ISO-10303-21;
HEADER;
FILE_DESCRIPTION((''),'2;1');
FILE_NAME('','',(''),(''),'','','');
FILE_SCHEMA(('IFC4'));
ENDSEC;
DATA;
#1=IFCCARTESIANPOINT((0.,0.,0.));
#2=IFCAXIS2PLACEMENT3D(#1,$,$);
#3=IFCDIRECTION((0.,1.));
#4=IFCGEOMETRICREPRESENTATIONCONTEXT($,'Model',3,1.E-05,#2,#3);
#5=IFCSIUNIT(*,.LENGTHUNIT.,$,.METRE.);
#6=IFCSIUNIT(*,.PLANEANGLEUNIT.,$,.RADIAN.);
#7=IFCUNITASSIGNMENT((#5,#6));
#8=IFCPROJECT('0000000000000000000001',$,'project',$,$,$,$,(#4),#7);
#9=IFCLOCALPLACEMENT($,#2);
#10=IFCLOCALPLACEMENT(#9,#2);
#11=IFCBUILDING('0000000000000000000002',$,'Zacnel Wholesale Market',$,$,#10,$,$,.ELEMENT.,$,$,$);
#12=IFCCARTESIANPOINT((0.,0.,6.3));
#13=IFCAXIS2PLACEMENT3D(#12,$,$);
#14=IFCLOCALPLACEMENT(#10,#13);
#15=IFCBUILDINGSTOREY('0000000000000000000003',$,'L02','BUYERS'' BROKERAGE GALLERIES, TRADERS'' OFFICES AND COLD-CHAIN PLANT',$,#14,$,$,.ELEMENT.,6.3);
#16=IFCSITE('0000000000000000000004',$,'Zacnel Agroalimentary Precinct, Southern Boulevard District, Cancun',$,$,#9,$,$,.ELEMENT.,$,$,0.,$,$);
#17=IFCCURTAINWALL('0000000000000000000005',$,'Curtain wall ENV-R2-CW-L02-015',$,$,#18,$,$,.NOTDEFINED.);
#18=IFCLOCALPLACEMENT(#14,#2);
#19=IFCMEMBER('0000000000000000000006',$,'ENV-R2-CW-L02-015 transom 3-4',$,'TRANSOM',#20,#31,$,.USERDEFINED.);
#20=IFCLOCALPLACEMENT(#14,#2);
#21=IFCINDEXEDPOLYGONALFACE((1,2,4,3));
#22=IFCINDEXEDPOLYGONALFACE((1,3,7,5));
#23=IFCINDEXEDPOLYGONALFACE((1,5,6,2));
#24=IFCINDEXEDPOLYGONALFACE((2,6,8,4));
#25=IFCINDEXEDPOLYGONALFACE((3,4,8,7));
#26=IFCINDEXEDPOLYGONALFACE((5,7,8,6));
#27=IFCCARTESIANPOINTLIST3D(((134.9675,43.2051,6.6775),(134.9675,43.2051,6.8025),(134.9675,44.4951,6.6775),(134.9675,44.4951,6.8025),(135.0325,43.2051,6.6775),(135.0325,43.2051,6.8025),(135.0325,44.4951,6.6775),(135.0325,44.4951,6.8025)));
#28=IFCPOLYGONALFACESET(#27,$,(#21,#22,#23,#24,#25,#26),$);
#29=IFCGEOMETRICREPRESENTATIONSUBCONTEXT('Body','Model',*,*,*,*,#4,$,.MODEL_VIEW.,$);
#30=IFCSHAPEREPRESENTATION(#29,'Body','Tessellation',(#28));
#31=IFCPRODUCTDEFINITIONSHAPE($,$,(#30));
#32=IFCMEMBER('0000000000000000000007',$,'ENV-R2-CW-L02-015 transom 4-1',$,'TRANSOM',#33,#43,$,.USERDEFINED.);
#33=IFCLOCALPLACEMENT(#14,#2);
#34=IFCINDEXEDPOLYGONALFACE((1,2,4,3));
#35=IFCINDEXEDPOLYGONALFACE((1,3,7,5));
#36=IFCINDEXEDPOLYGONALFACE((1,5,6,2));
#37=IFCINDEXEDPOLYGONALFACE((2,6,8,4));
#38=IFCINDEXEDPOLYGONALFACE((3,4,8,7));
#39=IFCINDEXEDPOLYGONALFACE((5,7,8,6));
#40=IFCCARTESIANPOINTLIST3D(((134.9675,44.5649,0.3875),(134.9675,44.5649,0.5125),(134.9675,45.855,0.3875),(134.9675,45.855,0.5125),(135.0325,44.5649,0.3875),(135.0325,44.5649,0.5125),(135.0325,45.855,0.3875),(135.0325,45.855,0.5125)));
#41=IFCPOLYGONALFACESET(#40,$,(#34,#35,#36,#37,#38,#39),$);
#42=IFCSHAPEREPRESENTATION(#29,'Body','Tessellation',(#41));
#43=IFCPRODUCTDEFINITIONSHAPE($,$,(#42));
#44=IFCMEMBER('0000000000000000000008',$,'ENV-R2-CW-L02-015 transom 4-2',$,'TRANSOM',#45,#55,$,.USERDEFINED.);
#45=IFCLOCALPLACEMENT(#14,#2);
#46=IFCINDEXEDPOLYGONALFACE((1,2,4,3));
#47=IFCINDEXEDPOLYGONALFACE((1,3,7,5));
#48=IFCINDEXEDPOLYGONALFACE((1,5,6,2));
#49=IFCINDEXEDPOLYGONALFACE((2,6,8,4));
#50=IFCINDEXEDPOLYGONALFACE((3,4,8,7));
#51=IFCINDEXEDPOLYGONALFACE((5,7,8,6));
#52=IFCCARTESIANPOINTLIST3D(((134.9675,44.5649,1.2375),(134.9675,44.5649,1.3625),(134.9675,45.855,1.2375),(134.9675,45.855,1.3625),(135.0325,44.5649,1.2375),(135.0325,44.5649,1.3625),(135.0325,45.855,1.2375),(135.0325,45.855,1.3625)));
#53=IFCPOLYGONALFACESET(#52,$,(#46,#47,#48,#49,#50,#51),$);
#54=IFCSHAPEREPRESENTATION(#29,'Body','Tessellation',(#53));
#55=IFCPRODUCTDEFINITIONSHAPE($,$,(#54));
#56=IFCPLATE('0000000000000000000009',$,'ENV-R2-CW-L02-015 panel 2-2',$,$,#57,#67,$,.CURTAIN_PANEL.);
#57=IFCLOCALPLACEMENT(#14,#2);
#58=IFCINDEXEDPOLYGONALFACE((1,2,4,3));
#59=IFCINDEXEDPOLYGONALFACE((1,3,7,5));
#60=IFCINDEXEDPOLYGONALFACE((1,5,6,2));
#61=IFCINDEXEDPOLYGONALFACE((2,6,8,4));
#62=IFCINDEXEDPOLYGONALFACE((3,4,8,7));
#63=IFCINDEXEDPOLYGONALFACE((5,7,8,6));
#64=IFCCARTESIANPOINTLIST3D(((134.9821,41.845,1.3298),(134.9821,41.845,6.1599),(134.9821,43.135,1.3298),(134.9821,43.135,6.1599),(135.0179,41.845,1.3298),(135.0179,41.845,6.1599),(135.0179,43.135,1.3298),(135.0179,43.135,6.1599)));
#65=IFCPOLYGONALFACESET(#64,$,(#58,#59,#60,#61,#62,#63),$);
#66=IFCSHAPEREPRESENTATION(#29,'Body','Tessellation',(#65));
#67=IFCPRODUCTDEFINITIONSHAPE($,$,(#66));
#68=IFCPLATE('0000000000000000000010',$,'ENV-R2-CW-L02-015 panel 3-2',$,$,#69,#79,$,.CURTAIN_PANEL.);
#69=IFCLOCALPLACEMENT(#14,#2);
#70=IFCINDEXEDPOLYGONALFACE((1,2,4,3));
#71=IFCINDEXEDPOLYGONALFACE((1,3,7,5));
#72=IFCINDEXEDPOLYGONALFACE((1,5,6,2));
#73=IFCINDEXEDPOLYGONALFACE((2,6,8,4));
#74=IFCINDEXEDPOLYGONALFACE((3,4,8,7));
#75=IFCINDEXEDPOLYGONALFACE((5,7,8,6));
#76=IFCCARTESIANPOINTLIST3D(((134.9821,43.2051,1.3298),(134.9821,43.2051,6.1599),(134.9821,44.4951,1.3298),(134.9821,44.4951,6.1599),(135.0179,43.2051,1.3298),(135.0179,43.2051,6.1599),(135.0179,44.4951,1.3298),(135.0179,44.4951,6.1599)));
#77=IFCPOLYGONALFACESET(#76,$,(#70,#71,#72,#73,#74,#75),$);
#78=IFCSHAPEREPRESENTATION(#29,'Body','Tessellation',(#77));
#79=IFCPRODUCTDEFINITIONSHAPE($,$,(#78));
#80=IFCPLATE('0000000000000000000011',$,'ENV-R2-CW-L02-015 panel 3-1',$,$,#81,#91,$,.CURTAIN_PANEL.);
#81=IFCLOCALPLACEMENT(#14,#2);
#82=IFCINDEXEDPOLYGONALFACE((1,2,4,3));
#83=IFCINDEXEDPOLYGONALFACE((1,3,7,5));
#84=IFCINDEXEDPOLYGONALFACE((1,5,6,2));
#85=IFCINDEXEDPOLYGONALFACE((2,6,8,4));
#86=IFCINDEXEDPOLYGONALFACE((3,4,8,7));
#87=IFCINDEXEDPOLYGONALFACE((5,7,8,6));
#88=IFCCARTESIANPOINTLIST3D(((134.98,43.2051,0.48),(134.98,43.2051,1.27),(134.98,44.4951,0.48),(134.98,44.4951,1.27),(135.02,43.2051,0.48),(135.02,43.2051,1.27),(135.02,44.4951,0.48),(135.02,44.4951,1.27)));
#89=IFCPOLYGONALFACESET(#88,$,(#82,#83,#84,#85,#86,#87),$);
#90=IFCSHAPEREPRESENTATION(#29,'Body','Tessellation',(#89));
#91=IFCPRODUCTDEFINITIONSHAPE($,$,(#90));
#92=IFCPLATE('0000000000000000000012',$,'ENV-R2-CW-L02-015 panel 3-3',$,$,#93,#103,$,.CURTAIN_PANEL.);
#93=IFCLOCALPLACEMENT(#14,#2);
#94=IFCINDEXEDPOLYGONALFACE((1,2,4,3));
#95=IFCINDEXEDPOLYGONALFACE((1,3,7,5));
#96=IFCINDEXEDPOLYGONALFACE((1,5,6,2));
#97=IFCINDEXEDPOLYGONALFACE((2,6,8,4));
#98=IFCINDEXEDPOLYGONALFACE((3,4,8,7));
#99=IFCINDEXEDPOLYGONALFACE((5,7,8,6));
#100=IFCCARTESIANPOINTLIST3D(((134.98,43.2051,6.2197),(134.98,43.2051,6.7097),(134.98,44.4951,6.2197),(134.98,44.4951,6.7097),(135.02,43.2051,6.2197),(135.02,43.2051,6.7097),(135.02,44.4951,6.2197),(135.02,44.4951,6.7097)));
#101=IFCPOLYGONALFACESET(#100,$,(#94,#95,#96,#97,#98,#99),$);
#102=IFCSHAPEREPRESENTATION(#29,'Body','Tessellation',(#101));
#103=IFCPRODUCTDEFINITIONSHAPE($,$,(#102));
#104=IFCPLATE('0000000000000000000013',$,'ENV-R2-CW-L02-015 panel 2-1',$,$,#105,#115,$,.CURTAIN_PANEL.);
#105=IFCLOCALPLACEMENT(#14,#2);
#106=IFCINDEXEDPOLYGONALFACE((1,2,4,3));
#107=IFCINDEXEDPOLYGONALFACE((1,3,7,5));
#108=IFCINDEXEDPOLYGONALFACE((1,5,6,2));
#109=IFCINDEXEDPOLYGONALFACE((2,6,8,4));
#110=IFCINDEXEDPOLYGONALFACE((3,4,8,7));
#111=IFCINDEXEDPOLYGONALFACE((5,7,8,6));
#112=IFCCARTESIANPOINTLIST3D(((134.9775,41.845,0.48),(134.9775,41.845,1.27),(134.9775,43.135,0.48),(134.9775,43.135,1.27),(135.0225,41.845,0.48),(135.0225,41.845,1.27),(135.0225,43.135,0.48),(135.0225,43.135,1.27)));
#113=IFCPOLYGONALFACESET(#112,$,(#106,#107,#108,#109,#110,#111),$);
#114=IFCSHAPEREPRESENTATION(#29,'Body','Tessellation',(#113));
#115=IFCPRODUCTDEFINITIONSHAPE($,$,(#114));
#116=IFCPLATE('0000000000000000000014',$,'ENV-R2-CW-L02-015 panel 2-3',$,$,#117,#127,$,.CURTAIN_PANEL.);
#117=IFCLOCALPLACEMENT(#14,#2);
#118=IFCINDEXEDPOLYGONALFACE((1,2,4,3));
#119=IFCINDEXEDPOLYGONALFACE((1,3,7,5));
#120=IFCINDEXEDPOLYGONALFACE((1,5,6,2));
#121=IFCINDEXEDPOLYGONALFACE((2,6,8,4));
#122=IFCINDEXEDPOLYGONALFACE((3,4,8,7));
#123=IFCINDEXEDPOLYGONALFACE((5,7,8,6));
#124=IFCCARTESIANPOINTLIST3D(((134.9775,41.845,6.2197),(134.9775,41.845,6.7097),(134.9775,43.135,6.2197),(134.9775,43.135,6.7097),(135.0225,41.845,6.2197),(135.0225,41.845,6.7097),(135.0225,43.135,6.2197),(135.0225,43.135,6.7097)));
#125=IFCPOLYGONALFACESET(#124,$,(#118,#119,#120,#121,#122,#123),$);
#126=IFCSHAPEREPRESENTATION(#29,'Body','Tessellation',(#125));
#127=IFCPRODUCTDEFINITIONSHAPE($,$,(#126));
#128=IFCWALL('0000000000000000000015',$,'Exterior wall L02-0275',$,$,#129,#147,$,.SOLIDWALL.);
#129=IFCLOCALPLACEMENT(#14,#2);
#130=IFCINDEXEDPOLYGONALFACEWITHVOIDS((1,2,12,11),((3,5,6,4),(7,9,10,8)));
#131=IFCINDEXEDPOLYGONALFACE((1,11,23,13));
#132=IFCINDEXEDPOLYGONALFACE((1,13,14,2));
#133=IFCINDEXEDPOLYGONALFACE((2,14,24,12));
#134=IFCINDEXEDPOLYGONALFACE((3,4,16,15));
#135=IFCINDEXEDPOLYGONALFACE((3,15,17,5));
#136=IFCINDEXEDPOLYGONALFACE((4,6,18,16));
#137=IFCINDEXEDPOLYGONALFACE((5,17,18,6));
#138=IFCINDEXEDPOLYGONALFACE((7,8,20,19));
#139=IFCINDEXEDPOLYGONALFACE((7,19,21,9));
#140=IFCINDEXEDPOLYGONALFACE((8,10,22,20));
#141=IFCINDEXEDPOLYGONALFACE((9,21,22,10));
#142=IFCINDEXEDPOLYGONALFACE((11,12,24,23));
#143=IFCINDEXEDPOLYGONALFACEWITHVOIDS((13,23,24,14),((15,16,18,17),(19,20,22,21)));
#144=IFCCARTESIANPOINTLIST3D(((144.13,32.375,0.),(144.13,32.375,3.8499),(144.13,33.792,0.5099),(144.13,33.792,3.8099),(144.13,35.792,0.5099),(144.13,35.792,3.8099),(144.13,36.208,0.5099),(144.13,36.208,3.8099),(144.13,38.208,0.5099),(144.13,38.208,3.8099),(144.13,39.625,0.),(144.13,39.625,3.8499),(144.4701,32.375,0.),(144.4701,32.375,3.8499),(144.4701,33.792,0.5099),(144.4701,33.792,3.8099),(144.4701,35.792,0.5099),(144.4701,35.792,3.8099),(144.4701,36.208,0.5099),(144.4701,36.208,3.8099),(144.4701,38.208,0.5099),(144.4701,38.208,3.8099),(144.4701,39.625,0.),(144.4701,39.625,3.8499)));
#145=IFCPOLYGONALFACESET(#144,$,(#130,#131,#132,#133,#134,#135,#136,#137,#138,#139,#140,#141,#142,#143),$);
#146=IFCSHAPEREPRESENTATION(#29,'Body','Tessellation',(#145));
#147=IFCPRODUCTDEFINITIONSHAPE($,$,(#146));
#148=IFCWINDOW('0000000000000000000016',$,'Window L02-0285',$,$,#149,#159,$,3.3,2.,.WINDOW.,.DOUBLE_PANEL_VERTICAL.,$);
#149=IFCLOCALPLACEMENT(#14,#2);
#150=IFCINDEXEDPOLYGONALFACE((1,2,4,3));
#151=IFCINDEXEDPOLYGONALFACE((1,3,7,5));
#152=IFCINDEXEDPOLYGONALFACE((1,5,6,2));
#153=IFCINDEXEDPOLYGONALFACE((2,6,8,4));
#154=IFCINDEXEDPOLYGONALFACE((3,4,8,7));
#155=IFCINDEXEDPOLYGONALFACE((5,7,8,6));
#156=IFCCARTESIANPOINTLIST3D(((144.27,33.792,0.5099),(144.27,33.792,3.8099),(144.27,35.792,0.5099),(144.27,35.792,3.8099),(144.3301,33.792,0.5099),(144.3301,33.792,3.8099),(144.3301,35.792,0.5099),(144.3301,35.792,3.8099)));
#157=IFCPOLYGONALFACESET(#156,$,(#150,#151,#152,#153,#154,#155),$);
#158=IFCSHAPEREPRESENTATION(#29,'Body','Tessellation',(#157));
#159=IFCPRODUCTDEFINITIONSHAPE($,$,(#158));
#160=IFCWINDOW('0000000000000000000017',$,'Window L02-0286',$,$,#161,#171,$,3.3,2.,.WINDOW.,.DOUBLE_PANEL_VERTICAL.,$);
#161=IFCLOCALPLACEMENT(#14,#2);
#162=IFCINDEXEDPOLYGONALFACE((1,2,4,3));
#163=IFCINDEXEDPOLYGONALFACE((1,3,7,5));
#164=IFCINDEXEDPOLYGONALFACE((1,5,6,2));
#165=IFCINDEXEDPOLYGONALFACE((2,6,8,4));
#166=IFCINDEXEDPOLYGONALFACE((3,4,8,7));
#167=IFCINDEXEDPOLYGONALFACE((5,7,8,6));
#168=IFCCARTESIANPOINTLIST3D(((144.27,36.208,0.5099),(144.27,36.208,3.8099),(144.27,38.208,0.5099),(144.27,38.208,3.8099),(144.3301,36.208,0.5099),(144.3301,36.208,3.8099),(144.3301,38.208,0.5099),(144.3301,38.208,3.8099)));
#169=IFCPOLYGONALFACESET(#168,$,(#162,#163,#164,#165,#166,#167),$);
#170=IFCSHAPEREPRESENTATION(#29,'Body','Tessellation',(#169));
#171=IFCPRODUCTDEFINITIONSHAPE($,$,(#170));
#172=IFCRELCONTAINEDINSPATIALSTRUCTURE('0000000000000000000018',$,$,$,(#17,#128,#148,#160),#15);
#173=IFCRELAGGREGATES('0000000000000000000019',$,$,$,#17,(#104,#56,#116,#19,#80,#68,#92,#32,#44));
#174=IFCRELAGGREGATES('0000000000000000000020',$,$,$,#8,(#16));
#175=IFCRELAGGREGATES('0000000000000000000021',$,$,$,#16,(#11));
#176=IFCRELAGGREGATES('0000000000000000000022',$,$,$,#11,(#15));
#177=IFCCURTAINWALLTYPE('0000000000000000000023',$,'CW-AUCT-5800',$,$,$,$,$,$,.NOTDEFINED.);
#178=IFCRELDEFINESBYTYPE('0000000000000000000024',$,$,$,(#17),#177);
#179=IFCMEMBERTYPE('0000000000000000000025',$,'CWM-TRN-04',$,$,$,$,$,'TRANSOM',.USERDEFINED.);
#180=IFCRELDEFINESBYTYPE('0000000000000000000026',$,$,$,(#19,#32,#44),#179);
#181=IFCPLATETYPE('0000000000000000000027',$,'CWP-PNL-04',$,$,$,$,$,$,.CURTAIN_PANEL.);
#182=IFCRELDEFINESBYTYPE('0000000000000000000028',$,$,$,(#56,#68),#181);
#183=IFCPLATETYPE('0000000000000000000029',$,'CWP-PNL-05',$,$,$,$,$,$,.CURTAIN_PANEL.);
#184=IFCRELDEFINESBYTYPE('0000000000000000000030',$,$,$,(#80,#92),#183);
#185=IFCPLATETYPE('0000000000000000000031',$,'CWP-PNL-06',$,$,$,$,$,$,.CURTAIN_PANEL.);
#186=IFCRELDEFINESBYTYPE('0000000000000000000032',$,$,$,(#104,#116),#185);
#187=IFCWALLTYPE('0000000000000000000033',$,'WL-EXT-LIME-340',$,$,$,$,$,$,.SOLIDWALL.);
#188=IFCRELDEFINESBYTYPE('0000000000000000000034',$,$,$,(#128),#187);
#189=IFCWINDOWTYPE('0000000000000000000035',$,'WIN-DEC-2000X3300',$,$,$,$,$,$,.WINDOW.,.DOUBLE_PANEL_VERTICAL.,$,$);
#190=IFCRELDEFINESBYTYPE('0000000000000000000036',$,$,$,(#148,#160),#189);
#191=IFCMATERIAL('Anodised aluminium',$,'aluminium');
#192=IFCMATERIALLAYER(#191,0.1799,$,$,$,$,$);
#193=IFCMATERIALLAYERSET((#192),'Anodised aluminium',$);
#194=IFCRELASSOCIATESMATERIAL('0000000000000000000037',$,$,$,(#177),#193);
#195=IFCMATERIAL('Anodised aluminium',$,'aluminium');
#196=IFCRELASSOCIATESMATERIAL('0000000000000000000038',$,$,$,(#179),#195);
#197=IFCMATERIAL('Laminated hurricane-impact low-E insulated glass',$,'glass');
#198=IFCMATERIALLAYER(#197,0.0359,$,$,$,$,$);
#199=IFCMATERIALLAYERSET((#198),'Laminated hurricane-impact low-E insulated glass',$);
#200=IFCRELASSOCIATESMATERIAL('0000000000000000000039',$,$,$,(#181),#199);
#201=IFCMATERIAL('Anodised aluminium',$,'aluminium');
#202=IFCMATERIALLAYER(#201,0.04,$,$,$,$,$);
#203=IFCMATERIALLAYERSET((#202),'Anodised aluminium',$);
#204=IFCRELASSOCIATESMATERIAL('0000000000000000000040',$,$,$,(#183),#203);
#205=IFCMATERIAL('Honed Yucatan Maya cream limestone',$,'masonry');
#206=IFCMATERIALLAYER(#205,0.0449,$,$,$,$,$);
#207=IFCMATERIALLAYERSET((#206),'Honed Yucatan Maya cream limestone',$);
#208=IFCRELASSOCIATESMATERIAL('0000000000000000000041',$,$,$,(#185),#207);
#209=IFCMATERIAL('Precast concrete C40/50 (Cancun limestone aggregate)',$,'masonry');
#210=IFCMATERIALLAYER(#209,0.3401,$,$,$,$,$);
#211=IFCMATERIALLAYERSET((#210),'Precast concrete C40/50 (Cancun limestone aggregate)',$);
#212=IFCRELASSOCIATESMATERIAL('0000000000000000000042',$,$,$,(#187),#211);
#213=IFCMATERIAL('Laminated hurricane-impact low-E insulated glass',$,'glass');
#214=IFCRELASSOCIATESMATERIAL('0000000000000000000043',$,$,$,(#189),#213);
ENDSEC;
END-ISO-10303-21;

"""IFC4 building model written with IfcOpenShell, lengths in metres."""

from ifc_helpers import new_model, si_unit, direction, frame, frame_2d, origin, origin_2d, place, context, subcontext, project, spatial, rectangle, extrude, material, layer, layer_set, material_profile, profile_set, type_object, element, fill, aggregate, save


model = new_model("IFC4")

# Units and contexts
model_context = context("Model", 3, precision=1e-05, world=origin(), true_north=direction((0.0, 1.0)))
body_context = subcontext(model_context, "Body", "Model", "MODEL_VIEW")
ifc_project = project(units=[si_unit("LENGTHUNIT", "METRE"), si_unit("PLANEANGLEUNIT", "RADIAN")], contexts=[model_context])

# Site, building, storey
site_placement = place(None, origin())
site = spatial("IfcSite", under=ifc_project, at=site_placement, Name="Zacnel Agroalimentary Precinct, Southern Boulevard District, Cancun", CompositionType="ELEMENT", RefElevation=0.0)
building_placement = place(site_placement, origin())
building = spatial("IfcBuilding", under=site, at=building_placement, Name="Zacnel Wholesale Market", CompositionType="ELEMENT")
storey_placement = place(building_placement, frame((0.0, 0.0, 6.3)))
storey = spatial("IfcBuildingStorey", under=building, at=storey_placement, Name="L02", Description="BUYERS' BROKERAGE GALLERIES, TRADERS' OFFICES AND COLD-CHAIN PLANT", CompositionType="ELEMENT", Elevation=6.3)

# Curtain wall, members, plates
ifc_material_1 = material(Name="Anodised aluminium", Category="aluminium")
ifc_layer_1 = layer(ifc_material_1, 0.1799)
ifc_layer_set_1 = layer_set([ifc_layer_1], Name="Anodised aluminium")
curtain_wall_type = type_object("IfcCurtainWallType", Name="CW-AUCT-5800", PredefinedType="NOTDEFINED", material=ifc_layer_set_1)
curtain_wall_placement = place(storey_placement, origin())
curtain_wall = element("IfcCurtainWall", 1, at=curtain_wall_placement, inside=storey, type_object=curtain_wall_type, Name="Curtain wall ENV-R2-CW-L02-015", PredefinedType="NOTDEFINED")
ifc_material_2 = material(Name="Anodised aluminium", Category="aluminium")
ifc_material_profile_1 = material_profile(ifc_material_2, rectangle(XDim=0.0649, YDim=0.125, at=origin_2d()), Name="AW-TRANSOM 65x125")
ifc_profile_set_1 = profile_set([ifc_material_profile_1], Name="Anodised aluminium")
member_type_1 = type_object("IfcMemberType", Name="CWM-TRN-04", ElementType="TRANSOM", PredefinedType="USERDEFINED", material=ifc_profile_set_1)
member_1_placement = place(storey_placement, frame((135.0, 43.2051, 6.74), z_axis=(0.0, 1.0, 0.0), x_axis=(-1.0, 0.0, 0.0)))
member_1 = element("IfcMember", 2, at=member_1_placement, type_object=member_type_1, Name="ENV-R2-CW-L02-015 transom 3-4", ObjectType="TRANSOM", PredefinedType="USERDEFINED", context=body_context, shape_type="SweptSolid", body=[
    extrude(rectangle(XDim=0.0649, YDim=0.125, at=origin_2d()), origin(), (0.0, 0.0, 1.0), 1.29),
])
member_2_placement = place(storey_placement, frame((135.0, 44.5649, 0.45), z_axis=(0.0, 1.0, 0.0), x_axis=(-1.0, 0.0, 0.0)))
member_2 = element("IfcMember", 3, at=member_2_placement, type_object=member_type_1, Name="ENV-R2-CW-L02-015 transom 4-1", ObjectType="TRANSOM", PredefinedType="USERDEFINED", context=body_context, shape_type="SweptSolid", body=[
    extrude(rectangle(XDim=0.0649, YDim=0.125, at=origin_2d()), origin(), (0.0, 0.0, 1.0), 1.29),
])
member_3_placement = place(storey_placement, frame((135.0, 44.5649, 1.3), z_axis=(0.0, 1.0, 0.0), x_axis=(-1.0, 0.0, 0.0)))
member_3 = element("IfcMember", 4, at=member_3_placement, type_object=member_type_1, Name="ENV-R2-CW-L02-015 transom 4-2", ObjectType="TRANSOM", PredefinedType="USERDEFINED", context=body_context, shape_type="SweptSolid", body=[
    extrude(rectangle(XDim=0.0649, YDim=0.125, at=origin_2d()), origin(), (0.0, 0.0, 1.0), 1.29),
])
ifc_material_3 = material(Name="Laminated hurricane-impact low-E insulated glass", Category="glass")
ifc_layer_2 = layer(ifc_material_3, 0.0359)
ifc_layer_set_2 = layer_set([ifc_layer_2], Name="Laminated hurricane-impact low-E insulated glass")
plate_type_1 = type_object("IfcPlateType", Name="CWP-PNL-04", PredefinedType="CURTAIN_PANEL", material=ifc_layer_set_2)
plate_1_placement = place(storey_placement, frame((135.0, 42.49, 1.3298), z_axis=(0.0, 0.0, 1.0), x_axis=(0.0, 1.0, 0.0)))
plate_1 = element("IfcPlate", 5, at=plate_1_placement, type_object=plate_type_1, Name="ENV-R2-CW-L02-015 panel 2-2", PredefinedType="CURTAIN_PANEL", context=body_context, shape_type="SweptSolid", body=[
    extrude(rectangle(XDim=1.29, YDim=0.0359, at=origin_2d()), origin(), (0.0, 0.0, 1.0), 4.8301),
])
plate_2_placement = place(storey_placement, frame((135.0, 43.8501, 1.3298), z_axis=(0.0, 0.0, 1.0), x_axis=(0.0, 1.0, 0.0)))
plate_2 = element("IfcPlate", 6, at=plate_2_placement, type_object=plate_type_1, Name="ENV-R2-CW-L02-015 panel 3-2", PredefinedType="CURTAIN_PANEL", context=body_context, shape_type="SweptSolid", body=[
    extrude(rectangle(XDim=1.29, YDim=0.0359, at=origin_2d()), origin(), (0.0, 0.0, 1.0), 4.8301),
])
ifc_material_4 = material(Name="Anodised aluminium", Category="aluminium")
ifc_layer_3 = layer(ifc_material_4, 0.04)
ifc_layer_set_3 = layer_set([ifc_layer_3], Name="Anodised aluminium")
plate_type_2 = type_object("IfcPlateType", Name="CWP-PNL-05", PredefinedType="CURTAIN_PANEL", material=ifc_layer_set_3)
plate_3_placement = place(storey_placement, frame((135.0, 43.8501, 0.48), z_axis=(0.0, 0.0, 1.0), x_axis=(0.0, 1.0, 0.0)))
plate_3 = element("IfcPlate", 7, at=plate_3_placement, type_object=plate_type_2, Name="ENV-R2-CW-L02-015 panel 3-1", PredefinedType="CURTAIN_PANEL", context=body_context, shape_type="SweptSolid", body=[
    extrude(rectangle(XDim=1.29, YDim=0.04, at=origin_2d()), origin(), (0.0, 0.0, 1.0), 0.79),
])
plate_4_placement = place(storey_placement, frame((135.0, 43.8501, 6.2197), z_axis=(0.0, 0.0, 1.0), x_axis=(0.0, 1.0, 0.0)))
plate_4 = element("IfcPlate", 8, at=plate_4_placement, type_object=plate_type_2, Name="ENV-R2-CW-L02-015 panel 3-3", PredefinedType="CURTAIN_PANEL", context=body_context, shape_type="SweptSolid", body=[
    extrude(rectangle(XDim=1.29, YDim=0.04, at=origin_2d()), origin(), (0.0, 0.0, 1.0), 0.49),
])
ifc_material_5 = material(Name="Honed Yucatan Maya cream limestone", Category="masonry")
ifc_layer_4 = layer(ifc_material_5, 0.0449)
ifc_layer_set_4 = layer_set([ifc_layer_4], Name="Honed Yucatan Maya cream limestone")
plate_type_3 = type_object("IfcPlateType", Name="CWP-PNL-06", PredefinedType="CURTAIN_PANEL", material=ifc_layer_set_4)
plate_5_placement = place(storey_placement, frame((135.0, 42.49, 0.48), z_axis=(0.0, 0.0, 1.0), x_axis=(0.0, 1.0, 0.0)))
plate_5 = element("IfcPlate", 9, at=plate_5_placement, type_object=plate_type_3, Name="ENV-R2-CW-L02-015 panel 2-1", PredefinedType="CURTAIN_PANEL", context=body_context, shape_type="SweptSolid", body=[
    extrude(rectangle(XDim=1.29, YDim=0.0449, at=origin_2d()), origin(), (0.0, 0.0, 1.0), 0.79),
])
plate_6_placement = place(storey_placement, frame((135.0, 42.49, 6.2197), z_axis=(0.0, 0.0, 1.0), x_axis=(0.0, 1.0, 0.0)))
plate_6 = element("IfcPlate", 10, at=plate_6_placement, type_object=plate_type_3, Name="ENV-R2-CW-L02-015 panel 2-3", PredefinedType="CURTAIN_PANEL", context=body_context, shape_type="SweptSolid", body=[
    extrude(rectangle(XDim=1.29, YDim=0.0449, at=origin_2d()), origin(), (0.0, 0.0, 1.0), 0.49),
])
aggregate(curtain_wall, [plate_5, plate_1, plate_6, member_1, plate_3, plate_2, plate_4, member_2, member_3])

# Wall, openings, windows
ifc_material_6 = material(Name="Precast concrete C40/50 (Cancun limestone aggregate)", Category="masonry")
ifc_layer_5 = layer(ifc_material_6, 0.3401)
ifc_layer_set_5 = layer_set([ifc_layer_5], Name="Precast concrete C40/50 (Cancun limestone aggregate)")
wall_type = type_object("IfcWallType", Name="WL-EXT-LIME-340", PredefinedType="SOLIDWALL", material=ifc_layer_set_5)
wall_1_placement = place(storey_placement, frame((144.3, 32.375, 0.0), z_axis=(0.0, 0.0, 1.0), x_axis=(0.0, 1.0, 0.0)))
wall_1 = element("IfcWall", 11, at=wall_1_placement, inside=storey, type_object=wall_type, Name="Exterior wall L02-0275", PredefinedType="SOLIDWALL", context=body_context, shape_type="SweptSolid", body=[
    extrude(rectangle(XDim=7.25, YDim=0.3401, at=frame_2d((3.625, 0.0))), origin(), (0.0, 0.0, 1.0), 3.8499),
])
opening_1_placement = place(wall_1_placement, frame((1.417, 0.0, 0.51)))
opening_1 = element("IfcOpeningElement", 12, at=opening_1_placement, cuts=wall_1, PredefinedType="OPENING", context=body_context, shape_type="SweptSolid", body=[
    extrude(rectangle(XDim=2.0, YDim=3.3, at=frame_2d((1.0, 1.6499))), frame((0.0, 0.1799, 0.0), z_axis=(0.0, -1.0, 0.0), x_axis=(1.0, 0.0, 0.0)), (0.0, 0.0, 1.0), 0.3601),
])
opening_2_placement = place(wall_1_placement, frame((3.833, 0.0, 0.51)))
opening_2 = element("IfcOpeningElement", 13, at=opening_2_placement, cuts=wall_1, PredefinedType="OPENING", context=body_context, shape_type="SweptSolid", body=[
    extrude(rectangle(XDim=2.0, YDim=3.3, at=frame_2d((1.0, 1.6499))), frame((0.0, 0.1799, 0.0), z_axis=(0.0, -1.0, 0.0), x_axis=(1.0, 0.0, 0.0)), (0.0, 0.0, 1.0), 0.3601),
])
ifc_material_7 = material(Name="Laminated hurricane-impact low-E insulated glass", Category="glass")
window_type_1 = type_object("IfcWindowType", Name="WIN-DEC-2000X3300", PartitioningType="DOUBLE_PANEL_VERTICAL", PredefinedType="WINDOW", material=ifc_material_7)
window_1_placement = place(opening_1_placement, origin())
window_1 = element("IfcWindow", 14, at=window_1_placement, inside=storey, type_object=window_type_1, Name="Window L02-0285", OverallHeight=3.3, OverallWidth=2.0, PartitioningType="DOUBLE_PANEL_VERTICAL", PredefinedType="WINDOW", context=body_context, shape_type="SweptSolid", body=[
    extrude(rectangle(XDim=2.0, YDim=3.3, at=frame_2d((1.0, 1.6499))), frame((0.0, 0.03, 0.0), z_axis=(0.0, -1.0, 0.0), x_axis=(1.0, 0.0, 0.0)), (0.0, 0.0, 1.0), 0.0601),
])
fill(opening_1, window_1)
window_2_placement = place(opening_2_placement, origin())
window_2 = element("IfcWindow", 15, at=window_2_placement, inside=storey, type_object=window_type_1, Name="Window L02-0286", OverallHeight=3.3, OverallWidth=2.0, PartitioningType="DOUBLE_PANEL_VERTICAL", PredefinedType="WINDOW", context=body_context, shape_type="SweptSolid", body=[
    extrude(rectangle(XDim=2.0, YDim=3.3, at=frame_2d((1.0, 1.6499))), frame((0.0, 0.03, 0.0), z_axis=(0.0, -1.0, 0.0), x_axis=(1.0, 0.0, 0.0)), (0.0, 0.0, 1.0), 0.0601),
])
fill(opening_2, window_2)

save(model, "model.ifc")
